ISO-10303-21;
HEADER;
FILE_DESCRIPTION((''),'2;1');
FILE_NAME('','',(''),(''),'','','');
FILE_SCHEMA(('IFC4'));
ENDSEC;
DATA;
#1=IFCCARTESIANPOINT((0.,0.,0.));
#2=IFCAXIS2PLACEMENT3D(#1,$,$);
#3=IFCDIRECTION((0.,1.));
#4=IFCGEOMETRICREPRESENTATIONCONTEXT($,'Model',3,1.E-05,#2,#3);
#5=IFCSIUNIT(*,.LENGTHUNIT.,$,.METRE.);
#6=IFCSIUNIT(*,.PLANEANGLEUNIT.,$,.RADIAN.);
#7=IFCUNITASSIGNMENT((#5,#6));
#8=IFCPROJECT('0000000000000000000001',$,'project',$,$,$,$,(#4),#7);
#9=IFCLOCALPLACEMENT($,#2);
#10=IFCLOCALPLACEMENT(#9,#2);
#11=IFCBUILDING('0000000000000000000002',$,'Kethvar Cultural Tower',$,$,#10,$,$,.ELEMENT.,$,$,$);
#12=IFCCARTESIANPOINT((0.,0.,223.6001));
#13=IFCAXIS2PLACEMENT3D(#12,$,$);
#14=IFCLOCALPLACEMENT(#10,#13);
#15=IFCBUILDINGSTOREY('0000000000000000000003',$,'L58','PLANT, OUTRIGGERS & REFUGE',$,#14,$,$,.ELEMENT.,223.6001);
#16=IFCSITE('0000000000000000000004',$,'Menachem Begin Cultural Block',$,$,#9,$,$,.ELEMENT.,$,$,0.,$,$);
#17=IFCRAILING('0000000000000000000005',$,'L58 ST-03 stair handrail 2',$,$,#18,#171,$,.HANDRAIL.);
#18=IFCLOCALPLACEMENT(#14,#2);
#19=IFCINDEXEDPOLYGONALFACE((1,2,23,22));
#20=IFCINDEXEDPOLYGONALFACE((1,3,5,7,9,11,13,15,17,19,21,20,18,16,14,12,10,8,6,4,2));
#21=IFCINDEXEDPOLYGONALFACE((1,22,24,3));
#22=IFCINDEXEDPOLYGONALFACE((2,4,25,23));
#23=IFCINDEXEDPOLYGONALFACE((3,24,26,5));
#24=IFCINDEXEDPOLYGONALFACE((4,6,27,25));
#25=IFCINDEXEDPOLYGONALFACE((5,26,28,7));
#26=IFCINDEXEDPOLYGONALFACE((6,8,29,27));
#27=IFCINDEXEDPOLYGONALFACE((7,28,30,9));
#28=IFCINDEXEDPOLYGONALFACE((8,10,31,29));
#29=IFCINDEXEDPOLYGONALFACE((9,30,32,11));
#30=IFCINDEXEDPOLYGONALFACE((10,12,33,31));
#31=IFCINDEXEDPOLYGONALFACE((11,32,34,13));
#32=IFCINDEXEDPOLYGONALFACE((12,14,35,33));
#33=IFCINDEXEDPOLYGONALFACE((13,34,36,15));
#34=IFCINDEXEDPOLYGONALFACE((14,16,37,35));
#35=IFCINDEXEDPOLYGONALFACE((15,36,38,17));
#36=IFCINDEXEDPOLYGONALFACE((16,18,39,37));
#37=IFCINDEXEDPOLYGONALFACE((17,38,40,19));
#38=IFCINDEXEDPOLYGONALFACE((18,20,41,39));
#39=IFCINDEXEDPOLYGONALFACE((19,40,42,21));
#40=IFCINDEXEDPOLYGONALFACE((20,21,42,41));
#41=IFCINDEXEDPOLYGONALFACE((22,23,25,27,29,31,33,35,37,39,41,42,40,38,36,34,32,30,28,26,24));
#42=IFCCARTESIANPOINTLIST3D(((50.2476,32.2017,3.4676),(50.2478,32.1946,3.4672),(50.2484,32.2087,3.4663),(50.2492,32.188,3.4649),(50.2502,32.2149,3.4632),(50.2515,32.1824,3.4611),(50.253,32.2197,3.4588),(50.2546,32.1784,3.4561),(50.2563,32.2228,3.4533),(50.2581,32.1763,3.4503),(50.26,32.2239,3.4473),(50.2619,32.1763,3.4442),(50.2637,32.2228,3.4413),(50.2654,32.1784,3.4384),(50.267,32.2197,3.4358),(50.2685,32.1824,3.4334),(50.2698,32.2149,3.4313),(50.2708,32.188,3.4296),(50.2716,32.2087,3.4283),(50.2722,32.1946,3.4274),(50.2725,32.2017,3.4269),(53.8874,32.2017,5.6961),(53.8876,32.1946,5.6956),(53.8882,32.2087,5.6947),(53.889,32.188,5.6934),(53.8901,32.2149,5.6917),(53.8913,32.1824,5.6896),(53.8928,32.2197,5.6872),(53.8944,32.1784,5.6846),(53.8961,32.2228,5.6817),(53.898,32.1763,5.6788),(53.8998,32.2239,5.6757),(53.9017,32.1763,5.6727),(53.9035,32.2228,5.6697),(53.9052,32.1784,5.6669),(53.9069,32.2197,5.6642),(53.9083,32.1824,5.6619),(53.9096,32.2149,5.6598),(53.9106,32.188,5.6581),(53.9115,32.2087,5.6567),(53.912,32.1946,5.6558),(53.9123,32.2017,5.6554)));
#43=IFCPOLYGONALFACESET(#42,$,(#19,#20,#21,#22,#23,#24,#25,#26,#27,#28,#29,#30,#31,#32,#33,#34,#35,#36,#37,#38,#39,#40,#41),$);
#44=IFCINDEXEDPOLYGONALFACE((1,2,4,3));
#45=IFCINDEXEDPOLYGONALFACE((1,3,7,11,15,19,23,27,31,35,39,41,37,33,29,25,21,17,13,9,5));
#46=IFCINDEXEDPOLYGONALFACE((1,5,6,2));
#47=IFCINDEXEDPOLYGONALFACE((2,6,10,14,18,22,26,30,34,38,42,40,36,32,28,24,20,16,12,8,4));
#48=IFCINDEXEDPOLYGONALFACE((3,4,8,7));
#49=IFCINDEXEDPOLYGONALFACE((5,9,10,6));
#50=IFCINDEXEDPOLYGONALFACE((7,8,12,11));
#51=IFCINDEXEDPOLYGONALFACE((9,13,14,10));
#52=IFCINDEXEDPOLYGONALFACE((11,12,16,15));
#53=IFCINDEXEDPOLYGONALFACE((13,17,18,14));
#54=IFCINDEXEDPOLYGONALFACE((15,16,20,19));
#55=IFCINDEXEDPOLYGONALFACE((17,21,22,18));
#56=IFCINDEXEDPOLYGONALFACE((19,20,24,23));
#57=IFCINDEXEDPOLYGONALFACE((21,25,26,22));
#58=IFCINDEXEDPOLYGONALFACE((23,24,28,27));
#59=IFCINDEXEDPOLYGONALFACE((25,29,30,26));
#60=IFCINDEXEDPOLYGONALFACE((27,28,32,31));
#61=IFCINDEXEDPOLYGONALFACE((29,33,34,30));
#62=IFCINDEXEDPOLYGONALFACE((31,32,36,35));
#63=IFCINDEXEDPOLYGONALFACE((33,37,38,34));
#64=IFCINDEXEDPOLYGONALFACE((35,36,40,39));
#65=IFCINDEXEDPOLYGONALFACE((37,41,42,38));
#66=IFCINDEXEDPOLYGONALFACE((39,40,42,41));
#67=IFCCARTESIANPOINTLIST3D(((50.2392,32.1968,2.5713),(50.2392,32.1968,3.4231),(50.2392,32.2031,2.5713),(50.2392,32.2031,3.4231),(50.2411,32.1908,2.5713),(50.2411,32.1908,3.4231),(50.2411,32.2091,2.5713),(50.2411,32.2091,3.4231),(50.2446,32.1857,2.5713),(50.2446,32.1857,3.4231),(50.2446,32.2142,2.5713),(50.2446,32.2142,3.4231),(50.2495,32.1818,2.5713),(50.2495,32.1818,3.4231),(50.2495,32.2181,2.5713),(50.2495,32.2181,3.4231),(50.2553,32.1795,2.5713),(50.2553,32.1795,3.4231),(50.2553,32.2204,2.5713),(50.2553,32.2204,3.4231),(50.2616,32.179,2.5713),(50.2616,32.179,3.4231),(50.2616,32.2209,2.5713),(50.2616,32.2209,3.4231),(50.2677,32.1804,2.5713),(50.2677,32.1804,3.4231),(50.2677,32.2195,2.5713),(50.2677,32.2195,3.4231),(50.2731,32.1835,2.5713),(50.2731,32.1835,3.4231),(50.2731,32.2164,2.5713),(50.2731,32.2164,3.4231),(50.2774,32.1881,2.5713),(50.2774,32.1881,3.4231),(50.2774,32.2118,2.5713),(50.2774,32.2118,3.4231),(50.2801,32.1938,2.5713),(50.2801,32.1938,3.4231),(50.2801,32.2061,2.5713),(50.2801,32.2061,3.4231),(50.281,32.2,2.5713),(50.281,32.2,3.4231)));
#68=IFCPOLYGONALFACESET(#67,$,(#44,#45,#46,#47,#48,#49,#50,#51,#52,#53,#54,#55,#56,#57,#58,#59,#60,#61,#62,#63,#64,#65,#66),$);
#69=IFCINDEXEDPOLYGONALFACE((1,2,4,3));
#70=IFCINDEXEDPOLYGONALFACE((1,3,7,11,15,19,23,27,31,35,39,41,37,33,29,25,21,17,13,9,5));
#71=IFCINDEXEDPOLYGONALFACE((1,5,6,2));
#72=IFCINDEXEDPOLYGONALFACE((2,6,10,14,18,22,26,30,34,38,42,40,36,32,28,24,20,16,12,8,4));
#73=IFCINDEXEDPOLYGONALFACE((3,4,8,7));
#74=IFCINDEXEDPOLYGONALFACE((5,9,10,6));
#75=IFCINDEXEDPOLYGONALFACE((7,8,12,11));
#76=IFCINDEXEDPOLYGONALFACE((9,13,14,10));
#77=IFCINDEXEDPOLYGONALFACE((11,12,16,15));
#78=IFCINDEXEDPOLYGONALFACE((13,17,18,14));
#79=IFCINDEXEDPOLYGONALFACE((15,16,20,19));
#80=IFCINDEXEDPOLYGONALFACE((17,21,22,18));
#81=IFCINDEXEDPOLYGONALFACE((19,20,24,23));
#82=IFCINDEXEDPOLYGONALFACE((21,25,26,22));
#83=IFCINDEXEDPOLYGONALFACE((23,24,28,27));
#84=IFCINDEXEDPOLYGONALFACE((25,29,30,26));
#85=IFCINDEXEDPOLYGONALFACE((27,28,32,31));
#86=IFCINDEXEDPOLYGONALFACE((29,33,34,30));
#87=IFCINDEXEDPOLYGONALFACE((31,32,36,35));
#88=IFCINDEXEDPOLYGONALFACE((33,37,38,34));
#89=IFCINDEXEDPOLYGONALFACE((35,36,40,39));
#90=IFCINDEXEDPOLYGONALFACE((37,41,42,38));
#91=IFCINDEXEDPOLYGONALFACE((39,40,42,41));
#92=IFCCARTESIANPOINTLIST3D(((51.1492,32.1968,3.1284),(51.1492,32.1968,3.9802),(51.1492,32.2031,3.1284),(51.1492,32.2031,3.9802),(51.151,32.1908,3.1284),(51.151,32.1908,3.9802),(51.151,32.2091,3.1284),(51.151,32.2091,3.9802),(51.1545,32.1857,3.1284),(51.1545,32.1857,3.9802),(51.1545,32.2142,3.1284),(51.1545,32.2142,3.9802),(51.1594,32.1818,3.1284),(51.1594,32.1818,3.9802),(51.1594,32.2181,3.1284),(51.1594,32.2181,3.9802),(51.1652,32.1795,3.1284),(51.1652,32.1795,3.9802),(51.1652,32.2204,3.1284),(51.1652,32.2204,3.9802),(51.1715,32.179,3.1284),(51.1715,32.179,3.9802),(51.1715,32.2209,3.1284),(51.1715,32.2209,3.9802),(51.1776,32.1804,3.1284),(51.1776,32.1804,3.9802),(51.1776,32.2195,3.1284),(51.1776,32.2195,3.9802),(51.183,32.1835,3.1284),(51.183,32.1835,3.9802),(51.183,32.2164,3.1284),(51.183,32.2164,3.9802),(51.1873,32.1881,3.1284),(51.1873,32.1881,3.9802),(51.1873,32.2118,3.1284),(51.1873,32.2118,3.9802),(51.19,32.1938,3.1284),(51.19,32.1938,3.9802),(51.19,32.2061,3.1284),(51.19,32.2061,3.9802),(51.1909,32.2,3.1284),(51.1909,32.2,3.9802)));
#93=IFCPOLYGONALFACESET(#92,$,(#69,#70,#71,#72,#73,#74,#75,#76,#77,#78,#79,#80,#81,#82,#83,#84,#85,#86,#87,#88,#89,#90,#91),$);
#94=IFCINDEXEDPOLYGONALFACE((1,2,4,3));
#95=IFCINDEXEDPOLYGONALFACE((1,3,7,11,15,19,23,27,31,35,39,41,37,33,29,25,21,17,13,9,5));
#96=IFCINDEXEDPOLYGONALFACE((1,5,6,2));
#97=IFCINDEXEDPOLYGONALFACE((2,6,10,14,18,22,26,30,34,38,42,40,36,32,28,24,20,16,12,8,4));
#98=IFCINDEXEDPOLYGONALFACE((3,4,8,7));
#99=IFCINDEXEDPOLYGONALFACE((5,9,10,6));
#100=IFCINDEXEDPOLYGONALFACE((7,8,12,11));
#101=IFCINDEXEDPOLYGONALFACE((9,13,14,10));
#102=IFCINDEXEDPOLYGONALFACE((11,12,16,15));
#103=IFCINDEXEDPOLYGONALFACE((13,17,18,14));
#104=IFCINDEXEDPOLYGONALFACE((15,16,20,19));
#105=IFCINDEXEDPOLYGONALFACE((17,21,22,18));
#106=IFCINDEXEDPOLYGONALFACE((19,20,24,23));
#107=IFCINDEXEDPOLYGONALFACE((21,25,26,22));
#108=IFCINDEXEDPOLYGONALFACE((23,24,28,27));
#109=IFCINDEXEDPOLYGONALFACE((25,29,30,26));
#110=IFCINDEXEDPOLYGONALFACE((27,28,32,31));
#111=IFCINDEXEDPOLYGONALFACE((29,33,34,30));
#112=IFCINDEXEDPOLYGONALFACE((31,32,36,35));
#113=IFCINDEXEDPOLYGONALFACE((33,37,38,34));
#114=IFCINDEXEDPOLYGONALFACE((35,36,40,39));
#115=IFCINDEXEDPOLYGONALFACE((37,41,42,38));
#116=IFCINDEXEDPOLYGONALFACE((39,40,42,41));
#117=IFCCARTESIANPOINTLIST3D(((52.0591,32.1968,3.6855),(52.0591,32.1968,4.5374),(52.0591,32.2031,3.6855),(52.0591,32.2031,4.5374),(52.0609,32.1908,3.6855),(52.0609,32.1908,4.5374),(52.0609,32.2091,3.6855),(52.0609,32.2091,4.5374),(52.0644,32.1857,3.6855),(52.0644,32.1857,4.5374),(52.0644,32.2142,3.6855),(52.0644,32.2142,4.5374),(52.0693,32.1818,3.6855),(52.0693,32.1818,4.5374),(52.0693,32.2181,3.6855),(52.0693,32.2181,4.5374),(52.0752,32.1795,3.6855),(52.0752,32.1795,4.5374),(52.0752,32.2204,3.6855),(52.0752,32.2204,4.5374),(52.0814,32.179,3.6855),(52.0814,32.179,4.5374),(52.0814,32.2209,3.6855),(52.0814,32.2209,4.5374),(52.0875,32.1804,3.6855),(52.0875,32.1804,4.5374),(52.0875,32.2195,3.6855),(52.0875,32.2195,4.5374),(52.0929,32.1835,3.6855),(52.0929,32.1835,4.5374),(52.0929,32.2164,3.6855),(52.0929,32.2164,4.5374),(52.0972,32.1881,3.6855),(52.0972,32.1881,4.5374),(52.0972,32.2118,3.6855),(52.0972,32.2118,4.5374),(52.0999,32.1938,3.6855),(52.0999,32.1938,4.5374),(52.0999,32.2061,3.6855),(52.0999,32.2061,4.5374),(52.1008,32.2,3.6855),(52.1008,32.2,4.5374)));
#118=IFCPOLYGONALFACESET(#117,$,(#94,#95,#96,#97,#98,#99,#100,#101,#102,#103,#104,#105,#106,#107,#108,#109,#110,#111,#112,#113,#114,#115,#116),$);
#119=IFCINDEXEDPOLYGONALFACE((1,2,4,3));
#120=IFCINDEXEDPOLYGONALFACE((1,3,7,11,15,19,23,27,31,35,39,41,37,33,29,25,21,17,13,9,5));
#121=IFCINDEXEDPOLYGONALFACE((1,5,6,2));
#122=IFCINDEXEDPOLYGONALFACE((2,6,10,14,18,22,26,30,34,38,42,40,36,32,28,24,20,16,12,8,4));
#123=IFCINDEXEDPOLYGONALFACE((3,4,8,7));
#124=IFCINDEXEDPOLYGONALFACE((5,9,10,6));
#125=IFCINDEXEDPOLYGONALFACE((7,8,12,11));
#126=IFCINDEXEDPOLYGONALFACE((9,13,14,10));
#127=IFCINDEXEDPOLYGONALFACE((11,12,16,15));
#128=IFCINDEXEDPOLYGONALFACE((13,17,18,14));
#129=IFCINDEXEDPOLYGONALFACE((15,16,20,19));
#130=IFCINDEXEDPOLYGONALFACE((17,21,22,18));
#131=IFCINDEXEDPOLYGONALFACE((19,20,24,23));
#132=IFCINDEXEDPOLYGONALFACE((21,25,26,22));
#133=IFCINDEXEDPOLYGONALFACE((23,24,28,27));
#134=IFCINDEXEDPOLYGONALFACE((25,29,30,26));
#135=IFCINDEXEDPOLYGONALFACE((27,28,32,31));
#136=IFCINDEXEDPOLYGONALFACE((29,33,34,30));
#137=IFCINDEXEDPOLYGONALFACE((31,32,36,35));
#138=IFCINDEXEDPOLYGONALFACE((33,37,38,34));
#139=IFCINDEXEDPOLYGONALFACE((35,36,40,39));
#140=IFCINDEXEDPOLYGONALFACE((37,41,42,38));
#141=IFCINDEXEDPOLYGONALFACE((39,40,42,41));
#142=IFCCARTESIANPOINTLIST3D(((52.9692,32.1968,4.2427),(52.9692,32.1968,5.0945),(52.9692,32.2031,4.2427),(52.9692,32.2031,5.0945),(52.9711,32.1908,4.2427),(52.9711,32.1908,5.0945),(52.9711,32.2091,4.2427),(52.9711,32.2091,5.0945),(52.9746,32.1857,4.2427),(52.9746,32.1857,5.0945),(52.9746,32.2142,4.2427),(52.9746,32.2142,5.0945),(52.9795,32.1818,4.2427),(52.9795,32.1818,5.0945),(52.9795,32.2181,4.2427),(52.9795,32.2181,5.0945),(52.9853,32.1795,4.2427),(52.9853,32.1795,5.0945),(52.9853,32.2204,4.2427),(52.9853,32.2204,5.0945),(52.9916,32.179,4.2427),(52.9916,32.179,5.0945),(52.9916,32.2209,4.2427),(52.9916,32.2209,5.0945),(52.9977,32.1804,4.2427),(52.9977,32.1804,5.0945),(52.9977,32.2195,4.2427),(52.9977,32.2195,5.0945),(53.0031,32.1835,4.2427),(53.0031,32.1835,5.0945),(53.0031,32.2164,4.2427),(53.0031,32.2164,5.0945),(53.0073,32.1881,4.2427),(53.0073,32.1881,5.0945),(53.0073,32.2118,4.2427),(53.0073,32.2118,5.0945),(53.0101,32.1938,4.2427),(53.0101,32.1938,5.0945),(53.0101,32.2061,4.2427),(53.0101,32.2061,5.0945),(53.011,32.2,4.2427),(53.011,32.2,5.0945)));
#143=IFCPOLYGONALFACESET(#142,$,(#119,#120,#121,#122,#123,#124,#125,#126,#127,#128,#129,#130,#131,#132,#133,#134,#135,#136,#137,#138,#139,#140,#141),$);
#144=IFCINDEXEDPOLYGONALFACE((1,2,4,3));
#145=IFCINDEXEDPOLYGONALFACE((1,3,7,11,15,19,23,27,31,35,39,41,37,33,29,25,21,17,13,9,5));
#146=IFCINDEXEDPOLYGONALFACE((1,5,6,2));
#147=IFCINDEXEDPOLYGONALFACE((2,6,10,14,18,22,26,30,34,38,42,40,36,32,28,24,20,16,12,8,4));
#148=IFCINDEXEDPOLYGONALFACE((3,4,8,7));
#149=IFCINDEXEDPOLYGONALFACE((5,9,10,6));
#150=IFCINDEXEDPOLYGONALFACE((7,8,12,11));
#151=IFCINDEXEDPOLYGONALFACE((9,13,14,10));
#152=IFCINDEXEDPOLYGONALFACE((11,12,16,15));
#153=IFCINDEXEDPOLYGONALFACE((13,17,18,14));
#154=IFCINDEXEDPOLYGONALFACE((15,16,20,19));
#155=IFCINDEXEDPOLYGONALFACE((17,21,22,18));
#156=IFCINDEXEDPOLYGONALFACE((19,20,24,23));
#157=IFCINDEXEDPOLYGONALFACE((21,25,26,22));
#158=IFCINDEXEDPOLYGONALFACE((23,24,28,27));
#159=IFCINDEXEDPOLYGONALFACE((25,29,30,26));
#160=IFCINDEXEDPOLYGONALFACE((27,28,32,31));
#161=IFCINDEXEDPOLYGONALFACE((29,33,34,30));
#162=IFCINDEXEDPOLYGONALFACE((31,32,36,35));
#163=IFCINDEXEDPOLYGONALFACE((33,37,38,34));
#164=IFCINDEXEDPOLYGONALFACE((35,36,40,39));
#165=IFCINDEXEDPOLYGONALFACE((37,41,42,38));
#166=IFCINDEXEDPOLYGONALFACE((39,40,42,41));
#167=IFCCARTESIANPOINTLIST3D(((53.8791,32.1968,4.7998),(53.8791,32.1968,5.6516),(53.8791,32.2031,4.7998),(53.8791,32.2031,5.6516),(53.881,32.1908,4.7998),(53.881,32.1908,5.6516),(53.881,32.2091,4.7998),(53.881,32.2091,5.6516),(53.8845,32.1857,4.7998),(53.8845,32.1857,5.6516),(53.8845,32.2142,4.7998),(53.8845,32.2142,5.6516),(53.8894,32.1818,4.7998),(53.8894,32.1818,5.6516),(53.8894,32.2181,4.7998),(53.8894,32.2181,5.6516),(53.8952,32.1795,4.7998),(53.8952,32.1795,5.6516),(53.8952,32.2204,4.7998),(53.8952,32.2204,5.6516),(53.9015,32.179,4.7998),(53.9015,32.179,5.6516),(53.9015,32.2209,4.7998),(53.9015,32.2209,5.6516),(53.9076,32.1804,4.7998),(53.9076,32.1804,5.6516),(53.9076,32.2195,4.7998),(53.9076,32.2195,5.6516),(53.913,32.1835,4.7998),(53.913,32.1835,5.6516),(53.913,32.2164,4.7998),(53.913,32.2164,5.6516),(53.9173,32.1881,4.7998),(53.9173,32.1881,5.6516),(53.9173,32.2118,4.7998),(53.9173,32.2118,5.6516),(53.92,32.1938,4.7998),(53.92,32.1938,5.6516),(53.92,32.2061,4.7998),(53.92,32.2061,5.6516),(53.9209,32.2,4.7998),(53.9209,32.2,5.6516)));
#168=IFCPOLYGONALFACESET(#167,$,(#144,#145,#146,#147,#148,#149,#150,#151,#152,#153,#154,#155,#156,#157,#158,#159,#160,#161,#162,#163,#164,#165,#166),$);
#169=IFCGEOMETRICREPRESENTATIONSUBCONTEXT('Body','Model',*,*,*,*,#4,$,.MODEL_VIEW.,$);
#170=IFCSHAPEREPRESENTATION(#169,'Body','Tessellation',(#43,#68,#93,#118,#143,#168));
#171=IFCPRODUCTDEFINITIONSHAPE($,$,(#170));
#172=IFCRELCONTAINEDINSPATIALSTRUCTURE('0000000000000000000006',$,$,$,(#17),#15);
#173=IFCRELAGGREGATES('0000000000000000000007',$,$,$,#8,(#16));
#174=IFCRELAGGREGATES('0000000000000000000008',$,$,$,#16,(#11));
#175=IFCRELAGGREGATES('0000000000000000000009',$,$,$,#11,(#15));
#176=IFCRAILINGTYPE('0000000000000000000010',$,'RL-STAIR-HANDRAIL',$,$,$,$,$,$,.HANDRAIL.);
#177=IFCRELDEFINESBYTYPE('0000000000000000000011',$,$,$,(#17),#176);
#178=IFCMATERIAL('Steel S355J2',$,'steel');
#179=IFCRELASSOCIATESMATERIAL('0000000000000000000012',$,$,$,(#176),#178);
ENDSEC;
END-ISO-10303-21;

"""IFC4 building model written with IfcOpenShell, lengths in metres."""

from ifc_helpers import new_model, si_unit, direction, frame, origin, origin_2d, place, context, subcontext, project, spatial, circle, extrude, material, type_object, element, save


model = new_model("IFC4")

# Units and contexts
model_context = context("Model", 3, precision=1e-05, world=origin(), true_north=direction((0.0, 1.0)))
body_context = subcontext(model_context, "Body", "Model", "MODEL_VIEW")
ifc_project = project(units=[si_unit("LENGTHUNIT", "METRE"), si_unit("PLANEANGLEUNIT", "RADIAN")], contexts=[model_context])

# Site, building, storey
site_placement = place(None, origin())
site = spatial("IfcSite", under=ifc_project, at=site_placement, Name="Menachem Begin Cultural Block", CompositionType="ELEMENT", RefElevation=0.0)
building_placement = place(site_placement, origin())
building = spatial("IfcBuilding", under=site, at=building_placement, Name="Kethvar Cultural Tower", CompositionType="ELEMENT")
storey_placement = place(building_placement, frame((0.0, 0.0, 223.6001)))
storey = spatial("IfcBuildingStorey", under=building, at=storey_placement, Name="L58", Description="PLANT, OUTRIGGERS & REFUGE", CompositionType="ELEMENT", Elevation=223.6001)

# Shared definitions
ifc_material_1 = material(Name="Steel S355J2", Category="steel")

# Railing
railing_type_1 = type_object("IfcRailingType", Name="RL-STAIR-HANDRAIL", PredefinedType="HANDRAIL", material=ifc_material_1)
railing_1_placement = place(storey_placement, frame((50.26, 32.2, 2.5713)))
element("IfcRailing", 1, at=railing_1_placement, inside=storey, type_object=railing_type_1, Name="L58 ST-03 stair handrail 2", PredefinedType="HANDRAIL", context=body_context, shape_type="SweptSolid", body=[
    extrude(circle(Radius=0.0239, at=origin_2d()), frame((0.0, 0.0, 0.876), z_axis=(0.85285, 0.0, 0.522156), x_axis=(0.0, 1.0, 0.0)), (0.0, 0.0, 1.0), 4.2678),
    extrude(circle(Radius=0.021, at=origin_2d()), origin(), (0.0, 0.0, 1.0), 0.8518),
    extrude(circle(Radius=0.021, at=origin_2d()), frame((0.9099, 0.0, 0.5571)), (0.0, 0.0, 1.0), 0.8518),
    extrude(circle(Radius=0.021, at=origin_2d()), frame((1.8198, 0.0, 1.1143)), (0.0, 0.0, 1.0), 0.8518),
    extrude(circle(Radius=0.021, at=origin_2d()), frame((2.73, 0.0, 1.6714)), (0.0, 0.0, 1.0), 0.8518),
    extrude(circle(Radius=0.021, at=origin_2d()), frame((3.6399, 0.0, 2.2285)), (0.0, 0.0, 1.0), 0.8518),
])

save(model, "model.ifc")
